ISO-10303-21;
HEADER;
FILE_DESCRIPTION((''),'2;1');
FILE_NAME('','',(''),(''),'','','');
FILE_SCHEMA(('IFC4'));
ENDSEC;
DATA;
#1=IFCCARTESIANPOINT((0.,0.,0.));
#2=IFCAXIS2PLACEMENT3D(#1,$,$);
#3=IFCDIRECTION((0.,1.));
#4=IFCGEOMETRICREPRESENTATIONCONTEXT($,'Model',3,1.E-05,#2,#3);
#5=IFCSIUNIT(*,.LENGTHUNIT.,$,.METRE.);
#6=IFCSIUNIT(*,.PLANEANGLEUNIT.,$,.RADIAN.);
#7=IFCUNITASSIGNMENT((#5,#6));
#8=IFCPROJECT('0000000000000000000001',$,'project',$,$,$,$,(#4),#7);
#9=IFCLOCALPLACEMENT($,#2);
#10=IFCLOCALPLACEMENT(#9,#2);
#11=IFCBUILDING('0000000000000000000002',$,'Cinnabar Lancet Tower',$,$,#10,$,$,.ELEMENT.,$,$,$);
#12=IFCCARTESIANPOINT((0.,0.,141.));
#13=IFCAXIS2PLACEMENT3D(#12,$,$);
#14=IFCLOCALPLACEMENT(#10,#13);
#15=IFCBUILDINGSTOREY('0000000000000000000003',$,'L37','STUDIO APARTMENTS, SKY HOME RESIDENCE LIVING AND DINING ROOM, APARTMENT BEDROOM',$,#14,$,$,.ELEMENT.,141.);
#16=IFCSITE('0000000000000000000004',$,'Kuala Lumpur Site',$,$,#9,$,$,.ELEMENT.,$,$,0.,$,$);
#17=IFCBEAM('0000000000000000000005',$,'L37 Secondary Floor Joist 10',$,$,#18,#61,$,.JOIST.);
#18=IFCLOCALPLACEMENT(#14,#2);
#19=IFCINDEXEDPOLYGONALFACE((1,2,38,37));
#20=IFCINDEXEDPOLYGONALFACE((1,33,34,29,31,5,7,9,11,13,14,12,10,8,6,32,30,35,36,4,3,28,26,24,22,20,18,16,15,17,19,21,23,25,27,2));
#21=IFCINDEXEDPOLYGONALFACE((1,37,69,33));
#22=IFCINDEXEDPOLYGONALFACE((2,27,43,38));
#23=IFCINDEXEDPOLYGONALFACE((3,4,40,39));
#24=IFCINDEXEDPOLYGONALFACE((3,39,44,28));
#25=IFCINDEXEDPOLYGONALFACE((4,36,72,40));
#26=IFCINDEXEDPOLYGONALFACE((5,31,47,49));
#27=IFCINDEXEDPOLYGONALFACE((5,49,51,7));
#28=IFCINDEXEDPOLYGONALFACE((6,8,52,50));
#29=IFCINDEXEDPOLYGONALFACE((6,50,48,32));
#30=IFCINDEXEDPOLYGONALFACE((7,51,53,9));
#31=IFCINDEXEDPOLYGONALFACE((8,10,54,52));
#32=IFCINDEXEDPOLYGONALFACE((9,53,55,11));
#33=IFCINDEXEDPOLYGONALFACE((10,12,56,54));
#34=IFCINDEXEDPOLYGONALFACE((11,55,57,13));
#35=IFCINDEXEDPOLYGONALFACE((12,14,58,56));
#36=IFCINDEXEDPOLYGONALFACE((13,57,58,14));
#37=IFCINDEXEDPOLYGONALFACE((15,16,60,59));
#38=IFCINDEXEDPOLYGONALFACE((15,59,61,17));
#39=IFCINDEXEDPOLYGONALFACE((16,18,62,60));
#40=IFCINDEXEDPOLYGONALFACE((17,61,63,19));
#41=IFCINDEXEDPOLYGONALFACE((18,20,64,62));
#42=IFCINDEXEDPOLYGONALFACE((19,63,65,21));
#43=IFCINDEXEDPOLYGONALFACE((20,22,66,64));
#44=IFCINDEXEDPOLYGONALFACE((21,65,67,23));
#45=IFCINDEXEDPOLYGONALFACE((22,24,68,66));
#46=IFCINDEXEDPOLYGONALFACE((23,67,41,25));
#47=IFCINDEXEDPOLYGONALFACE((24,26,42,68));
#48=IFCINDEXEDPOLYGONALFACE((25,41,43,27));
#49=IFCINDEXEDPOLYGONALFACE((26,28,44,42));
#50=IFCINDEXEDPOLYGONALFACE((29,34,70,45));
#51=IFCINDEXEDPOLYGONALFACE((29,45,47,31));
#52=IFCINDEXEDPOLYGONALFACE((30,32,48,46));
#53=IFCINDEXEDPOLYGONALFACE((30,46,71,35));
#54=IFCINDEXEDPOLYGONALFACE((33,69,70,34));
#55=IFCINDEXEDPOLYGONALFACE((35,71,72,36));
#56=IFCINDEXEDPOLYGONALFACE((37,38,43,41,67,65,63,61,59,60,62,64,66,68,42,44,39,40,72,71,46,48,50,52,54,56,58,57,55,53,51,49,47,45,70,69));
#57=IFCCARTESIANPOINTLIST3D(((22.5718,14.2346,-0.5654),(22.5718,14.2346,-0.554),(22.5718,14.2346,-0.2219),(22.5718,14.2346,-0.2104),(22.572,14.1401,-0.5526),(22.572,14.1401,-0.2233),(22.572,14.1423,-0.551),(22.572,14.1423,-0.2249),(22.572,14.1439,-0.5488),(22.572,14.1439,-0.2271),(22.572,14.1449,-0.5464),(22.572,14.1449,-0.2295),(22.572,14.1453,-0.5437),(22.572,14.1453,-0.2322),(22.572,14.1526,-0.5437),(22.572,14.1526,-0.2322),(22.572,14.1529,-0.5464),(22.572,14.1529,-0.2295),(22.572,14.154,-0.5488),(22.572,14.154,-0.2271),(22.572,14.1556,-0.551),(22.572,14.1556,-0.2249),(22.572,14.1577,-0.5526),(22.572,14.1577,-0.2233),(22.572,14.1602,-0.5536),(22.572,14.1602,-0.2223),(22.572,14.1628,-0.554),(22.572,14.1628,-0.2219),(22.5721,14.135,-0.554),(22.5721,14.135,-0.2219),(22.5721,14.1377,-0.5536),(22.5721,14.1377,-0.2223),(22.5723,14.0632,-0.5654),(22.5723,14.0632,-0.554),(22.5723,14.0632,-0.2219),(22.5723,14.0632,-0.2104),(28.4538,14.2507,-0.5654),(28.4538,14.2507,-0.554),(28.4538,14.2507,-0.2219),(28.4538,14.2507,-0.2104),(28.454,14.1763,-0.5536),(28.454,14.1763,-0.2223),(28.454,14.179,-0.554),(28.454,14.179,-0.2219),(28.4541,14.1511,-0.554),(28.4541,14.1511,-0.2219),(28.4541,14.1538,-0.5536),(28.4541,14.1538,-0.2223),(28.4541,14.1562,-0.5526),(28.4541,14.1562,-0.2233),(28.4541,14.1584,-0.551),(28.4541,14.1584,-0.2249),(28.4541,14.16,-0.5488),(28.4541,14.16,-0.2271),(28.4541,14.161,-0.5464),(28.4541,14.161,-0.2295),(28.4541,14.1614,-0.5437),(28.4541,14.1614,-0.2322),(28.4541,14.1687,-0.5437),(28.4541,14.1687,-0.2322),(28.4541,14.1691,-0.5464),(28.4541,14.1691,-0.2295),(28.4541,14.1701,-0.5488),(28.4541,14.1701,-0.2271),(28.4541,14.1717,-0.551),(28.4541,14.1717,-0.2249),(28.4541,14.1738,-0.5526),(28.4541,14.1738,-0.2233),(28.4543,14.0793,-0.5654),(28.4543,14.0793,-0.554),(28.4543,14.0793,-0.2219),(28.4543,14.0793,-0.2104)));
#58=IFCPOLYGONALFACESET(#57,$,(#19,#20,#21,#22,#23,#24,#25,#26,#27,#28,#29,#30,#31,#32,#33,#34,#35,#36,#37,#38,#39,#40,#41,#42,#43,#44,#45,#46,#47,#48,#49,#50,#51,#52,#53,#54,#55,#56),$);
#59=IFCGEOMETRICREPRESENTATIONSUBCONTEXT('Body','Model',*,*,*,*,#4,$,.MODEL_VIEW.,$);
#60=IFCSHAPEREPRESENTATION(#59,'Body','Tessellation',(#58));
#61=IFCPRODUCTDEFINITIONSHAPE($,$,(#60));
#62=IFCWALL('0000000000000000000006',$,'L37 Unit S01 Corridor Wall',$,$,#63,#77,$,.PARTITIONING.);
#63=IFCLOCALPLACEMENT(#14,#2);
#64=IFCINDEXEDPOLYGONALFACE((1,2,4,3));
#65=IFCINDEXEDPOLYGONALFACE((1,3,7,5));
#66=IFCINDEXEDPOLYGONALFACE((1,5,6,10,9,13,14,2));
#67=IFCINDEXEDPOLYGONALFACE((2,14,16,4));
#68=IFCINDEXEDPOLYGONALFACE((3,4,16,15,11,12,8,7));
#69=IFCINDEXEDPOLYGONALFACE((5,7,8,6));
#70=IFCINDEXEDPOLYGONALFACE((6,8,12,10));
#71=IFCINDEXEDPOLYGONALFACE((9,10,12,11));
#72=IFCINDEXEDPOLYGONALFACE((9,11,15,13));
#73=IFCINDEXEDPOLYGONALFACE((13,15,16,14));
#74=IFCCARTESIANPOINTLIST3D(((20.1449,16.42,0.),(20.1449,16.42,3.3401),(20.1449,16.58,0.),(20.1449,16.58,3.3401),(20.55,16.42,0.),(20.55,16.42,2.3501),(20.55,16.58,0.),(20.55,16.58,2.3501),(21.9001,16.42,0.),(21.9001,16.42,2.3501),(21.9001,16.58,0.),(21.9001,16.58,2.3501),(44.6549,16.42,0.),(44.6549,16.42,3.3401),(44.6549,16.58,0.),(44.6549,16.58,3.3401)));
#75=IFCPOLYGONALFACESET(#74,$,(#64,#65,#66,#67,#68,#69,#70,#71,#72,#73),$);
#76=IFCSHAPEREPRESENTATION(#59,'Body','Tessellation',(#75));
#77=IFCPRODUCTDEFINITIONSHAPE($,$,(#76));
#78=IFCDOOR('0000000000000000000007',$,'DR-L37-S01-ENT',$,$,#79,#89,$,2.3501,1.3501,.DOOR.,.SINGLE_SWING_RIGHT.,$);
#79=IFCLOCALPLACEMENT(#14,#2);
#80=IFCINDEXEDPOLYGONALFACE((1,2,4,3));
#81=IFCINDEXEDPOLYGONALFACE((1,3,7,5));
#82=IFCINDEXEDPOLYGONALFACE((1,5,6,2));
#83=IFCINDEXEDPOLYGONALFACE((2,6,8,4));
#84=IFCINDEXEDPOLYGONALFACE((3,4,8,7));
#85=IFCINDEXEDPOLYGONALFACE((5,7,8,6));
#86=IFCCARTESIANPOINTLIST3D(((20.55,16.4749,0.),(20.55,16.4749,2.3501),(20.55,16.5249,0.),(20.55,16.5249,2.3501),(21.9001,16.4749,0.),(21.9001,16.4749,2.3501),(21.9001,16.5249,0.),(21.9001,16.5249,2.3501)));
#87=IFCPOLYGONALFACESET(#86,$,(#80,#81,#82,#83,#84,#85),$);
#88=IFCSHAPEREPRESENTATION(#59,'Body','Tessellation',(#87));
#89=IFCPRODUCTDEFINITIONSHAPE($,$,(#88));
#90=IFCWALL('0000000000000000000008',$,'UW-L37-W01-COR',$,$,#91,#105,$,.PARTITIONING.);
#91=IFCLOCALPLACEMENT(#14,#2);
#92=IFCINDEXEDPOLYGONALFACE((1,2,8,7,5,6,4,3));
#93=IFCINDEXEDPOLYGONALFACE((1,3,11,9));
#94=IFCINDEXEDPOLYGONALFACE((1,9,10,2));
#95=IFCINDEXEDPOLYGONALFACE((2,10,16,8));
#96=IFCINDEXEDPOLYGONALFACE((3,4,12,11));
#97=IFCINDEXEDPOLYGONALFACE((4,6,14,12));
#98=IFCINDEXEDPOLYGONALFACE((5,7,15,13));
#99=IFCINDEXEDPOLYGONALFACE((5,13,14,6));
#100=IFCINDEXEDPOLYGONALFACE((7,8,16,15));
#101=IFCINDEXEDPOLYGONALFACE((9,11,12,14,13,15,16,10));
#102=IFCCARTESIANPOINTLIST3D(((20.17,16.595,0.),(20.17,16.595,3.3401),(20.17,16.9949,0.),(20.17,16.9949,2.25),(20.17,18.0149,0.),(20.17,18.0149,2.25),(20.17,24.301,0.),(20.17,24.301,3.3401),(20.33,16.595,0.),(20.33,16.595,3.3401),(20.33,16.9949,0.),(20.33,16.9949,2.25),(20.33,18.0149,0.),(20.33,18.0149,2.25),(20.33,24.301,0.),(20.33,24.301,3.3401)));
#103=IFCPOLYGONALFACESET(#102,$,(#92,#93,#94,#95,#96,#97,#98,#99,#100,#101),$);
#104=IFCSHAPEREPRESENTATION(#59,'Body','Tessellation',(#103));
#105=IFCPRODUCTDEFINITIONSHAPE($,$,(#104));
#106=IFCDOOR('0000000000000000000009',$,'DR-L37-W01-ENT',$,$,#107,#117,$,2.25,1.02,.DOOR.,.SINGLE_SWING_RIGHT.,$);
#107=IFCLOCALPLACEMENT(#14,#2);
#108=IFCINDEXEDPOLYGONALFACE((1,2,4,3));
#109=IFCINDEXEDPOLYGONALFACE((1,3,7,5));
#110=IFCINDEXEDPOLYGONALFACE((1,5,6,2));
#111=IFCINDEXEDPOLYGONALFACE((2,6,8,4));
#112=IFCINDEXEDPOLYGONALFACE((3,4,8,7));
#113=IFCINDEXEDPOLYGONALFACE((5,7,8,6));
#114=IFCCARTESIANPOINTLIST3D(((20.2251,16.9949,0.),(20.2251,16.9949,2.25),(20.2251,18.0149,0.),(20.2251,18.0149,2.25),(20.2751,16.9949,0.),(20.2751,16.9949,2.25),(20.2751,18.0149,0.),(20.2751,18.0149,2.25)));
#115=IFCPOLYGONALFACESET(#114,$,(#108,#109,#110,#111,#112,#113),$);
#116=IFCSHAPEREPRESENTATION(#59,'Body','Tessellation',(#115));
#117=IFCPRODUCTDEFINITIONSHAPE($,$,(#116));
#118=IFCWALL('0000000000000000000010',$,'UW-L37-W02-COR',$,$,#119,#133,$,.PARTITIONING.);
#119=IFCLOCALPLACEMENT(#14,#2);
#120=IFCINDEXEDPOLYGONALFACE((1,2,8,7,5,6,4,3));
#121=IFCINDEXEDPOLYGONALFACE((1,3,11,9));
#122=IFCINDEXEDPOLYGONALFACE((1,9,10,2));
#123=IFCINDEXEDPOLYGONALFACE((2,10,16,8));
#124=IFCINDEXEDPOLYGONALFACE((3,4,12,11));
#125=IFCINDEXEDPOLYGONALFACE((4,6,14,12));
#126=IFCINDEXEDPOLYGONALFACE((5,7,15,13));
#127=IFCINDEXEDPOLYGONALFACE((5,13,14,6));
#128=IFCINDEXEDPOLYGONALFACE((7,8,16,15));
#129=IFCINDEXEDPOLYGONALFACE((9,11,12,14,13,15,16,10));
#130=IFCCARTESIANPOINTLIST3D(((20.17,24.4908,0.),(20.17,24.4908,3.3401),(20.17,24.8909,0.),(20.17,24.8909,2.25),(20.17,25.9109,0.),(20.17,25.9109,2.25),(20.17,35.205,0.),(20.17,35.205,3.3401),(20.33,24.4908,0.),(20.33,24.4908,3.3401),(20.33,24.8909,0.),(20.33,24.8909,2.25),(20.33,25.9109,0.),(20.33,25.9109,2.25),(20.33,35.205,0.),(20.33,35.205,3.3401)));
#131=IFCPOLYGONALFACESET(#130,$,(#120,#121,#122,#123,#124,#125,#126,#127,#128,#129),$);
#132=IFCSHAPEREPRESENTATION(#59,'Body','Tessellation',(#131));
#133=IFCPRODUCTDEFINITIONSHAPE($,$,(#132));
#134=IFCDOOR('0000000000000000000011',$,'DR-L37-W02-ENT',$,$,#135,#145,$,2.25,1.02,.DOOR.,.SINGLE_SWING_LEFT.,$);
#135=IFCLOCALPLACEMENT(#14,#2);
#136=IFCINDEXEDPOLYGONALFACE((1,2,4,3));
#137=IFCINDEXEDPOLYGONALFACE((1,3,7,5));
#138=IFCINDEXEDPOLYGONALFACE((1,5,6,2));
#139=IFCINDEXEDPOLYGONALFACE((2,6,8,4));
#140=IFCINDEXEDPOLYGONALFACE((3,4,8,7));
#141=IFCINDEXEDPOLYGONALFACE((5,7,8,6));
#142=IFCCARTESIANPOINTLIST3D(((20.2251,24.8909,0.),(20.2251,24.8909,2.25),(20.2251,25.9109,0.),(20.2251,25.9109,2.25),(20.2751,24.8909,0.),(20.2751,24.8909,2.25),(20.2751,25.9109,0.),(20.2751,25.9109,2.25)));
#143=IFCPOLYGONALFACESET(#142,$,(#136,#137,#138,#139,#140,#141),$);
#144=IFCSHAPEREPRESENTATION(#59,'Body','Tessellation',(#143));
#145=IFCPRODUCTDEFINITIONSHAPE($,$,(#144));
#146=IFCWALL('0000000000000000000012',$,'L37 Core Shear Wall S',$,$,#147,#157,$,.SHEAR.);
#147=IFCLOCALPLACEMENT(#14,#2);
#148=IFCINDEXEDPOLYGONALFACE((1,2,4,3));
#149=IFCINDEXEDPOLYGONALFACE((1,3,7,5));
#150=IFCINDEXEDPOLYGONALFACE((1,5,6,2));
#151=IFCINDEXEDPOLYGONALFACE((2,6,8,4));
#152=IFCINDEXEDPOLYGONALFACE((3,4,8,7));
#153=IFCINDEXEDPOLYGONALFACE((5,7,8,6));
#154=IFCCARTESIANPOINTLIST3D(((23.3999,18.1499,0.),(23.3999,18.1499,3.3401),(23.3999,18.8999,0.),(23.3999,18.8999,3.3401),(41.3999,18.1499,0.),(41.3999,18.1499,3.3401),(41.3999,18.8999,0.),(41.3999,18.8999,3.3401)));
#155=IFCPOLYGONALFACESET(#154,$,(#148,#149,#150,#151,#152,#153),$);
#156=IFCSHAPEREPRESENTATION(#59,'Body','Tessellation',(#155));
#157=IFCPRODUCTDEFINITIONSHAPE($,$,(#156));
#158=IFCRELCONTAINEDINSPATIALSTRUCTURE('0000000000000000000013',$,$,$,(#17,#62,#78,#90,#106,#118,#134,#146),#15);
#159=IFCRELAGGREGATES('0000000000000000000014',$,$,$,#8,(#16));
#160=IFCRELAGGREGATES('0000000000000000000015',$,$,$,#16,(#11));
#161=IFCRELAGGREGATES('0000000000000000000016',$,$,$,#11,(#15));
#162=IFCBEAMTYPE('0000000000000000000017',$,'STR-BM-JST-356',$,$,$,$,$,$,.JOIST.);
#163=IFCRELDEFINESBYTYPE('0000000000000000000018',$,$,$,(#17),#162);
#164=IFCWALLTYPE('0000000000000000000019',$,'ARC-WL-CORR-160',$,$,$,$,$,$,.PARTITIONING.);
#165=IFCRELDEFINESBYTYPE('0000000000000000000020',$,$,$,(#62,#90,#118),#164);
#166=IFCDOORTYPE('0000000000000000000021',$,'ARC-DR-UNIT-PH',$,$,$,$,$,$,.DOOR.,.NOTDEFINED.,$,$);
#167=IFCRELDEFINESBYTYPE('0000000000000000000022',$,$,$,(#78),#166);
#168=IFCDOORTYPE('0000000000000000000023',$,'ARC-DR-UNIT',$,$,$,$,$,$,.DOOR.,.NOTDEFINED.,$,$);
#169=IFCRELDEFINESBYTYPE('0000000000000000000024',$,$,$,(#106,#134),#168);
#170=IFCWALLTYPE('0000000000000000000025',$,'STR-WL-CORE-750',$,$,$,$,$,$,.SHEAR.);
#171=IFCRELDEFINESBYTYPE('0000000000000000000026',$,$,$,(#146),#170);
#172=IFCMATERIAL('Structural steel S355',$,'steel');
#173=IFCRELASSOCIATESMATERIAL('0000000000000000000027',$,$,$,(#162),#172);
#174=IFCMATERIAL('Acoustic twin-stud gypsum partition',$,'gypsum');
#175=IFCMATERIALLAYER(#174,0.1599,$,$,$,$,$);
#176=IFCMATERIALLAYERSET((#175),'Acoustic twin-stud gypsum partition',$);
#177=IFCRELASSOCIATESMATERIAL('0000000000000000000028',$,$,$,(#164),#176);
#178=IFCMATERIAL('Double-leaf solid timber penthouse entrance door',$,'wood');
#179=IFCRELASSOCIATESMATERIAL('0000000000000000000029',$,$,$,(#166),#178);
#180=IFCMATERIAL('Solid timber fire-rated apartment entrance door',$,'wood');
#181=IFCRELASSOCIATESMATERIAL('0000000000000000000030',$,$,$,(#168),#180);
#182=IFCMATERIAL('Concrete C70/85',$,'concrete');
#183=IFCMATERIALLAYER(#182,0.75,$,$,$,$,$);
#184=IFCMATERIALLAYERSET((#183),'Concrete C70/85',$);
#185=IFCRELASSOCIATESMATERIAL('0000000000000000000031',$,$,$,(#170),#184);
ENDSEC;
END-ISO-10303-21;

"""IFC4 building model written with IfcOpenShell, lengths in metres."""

from ifc_helpers import new_model, si_unit, direction, frame, frame_2d, origin, origin_2d, place, context, subcontext, project, spatial, rectangle, i_section, extrude, material, layer, layer_set, material_profile, profile_set, type_object, element, fill, save


model = new_model("IFC4")

# Units and contexts
model_context = context("Model", 3, precision=1e-05, world=origin(), true_north=direction((0.0, 1.0)))
body_context = subcontext(model_context, "Body", "Model", "MODEL_VIEW")
ifc_project = project(units=[si_unit("LENGTHUNIT", "METRE"), si_unit("PLANEANGLEUNIT", "RADIAN")], contexts=[model_context])

# Site, building, storey
site_placement = place(None, origin())
site = spatial("IfcSite", under=ifc_project, at=site_placement, Name="Kuala Lumpur Site", CompositionType="ELEMENT", RefElevation=0.0)
building_placement = place(site_placement, origin())
building = spatial("IfcBuilding", under=site, at=building_placement, Name="Cinnabar Lancet Tower", CompositionType="ELEMENT")
storey_placement = place(building_placement, frame((0.0, 0.0, 141.0)))
storey = spatial("IfcBuildingStorey", under=building, at=storey_placement, Name="L37", Description="STUDIO APARTMENTS, SKY HOME RESIDENCE LIVING AND DINING ROOM, APARTMENT BEDROOM", CompositionType="ELEMENT", Elevation=141.0)

# Beam
ifc_material_1 = material(Name="Structural steel S355", Category="steel")
ifc_material_profile_1 = material_profile(ifc_material_1, i_section(OverallWidth=0.1714, OverallDepth=0.355, WebThickness=0.0073, FlangeThickness=0.0115, FilletRadius=0.0103, at=origin_2d()), Name="UKB 356x171x51")
ifc_profile_set_1 = profile_set([ifc_material_profile_1], Name="Structural steel S355")
beam_type = type_object("IfcBeamType", Name="STR-BM-JST-356", PredefinedType="JOIST", material=ifc_profile_set_1)
beam_1_placement = place(storey_placement, frame((22.572, 14.1489, -0.3879), z_axis=(0.999996, 0.002739, 0.0), x_axis=(-0.002739, 0.999996, 0.0)))
element("IfcBeam", 1, at=beam_1_placement, inside=storey, type_object=beam_type, Name="L37 Secondary Floor Joist 10", PredefinedType="JOIST", context=body_context, shape_type="SweptSolid", body=[
    extrude(i_section(OverallWidth=0.1714, OverallDepth=0.355, WebThickness=0.0073, FlangeThickness=0.0115, FilletRadius=0.0103, at=origin_2d()), origin(), (0.0, 0.0, 1.0), 5.8821),
])

# Walls, openings, doors
ifc_material_2 = material(Name="Acoustic twin-stud gypsum partition", Category="gypsum")
ifc_layer_1 = layer(ifc_material_2, 0.1599)
ifc_layer_set_1 = layer_set([ifc_layer_1], Name="Acoustic twin-stud gypsum partition")
wall_type_1 = type_object("IfcWallType", Name="ARC-WL-CORR-160", PredefinedType="PARTITIONING", material=ifc_layer_set_1)
wall_1_placement = place(storey_placement, frame((20.145, 16.5, 0.0), z_axis=(0.0, 0.0, 1.0), x_axis=(1.0, 0.0, 0.0)))
wall_1 = element("IfcWall", 2, at=wall_1_placement, inside=storey, type_object=wall_type_1, Name="L37 Unit S01 Corridor Wall", PredefinedType="PARTITIONING", context=body_context, shape_type="SweptSolid", body=[
    extrude(rectangle(XDim=24.51, YDim=0.1599, at=frame_2d((12.2549, 0.0))), origin(), (0.0, 0.0, 1.0), 3.3401),
])
opening_1_placement = place(wall_1_placement, frame((0.405, 0.0, 0.0)))
opening_1 = element("IfcOpeningElement", 3, at=opening_1_placement, cuts=wall_1, PredefinedType="OPENING", context=body_context, shape_type="SweptSolid", body=[
    extrude(rectangle(XDim=1.3501, YDim=2.3501, at=frame_2d((0.675, 1.175))), frame((0.0, 0.0898, 0.0), z_axis=(0.0, -1.0, 0.0), x_axis=(1.0, 0.0, 0.0)), (0.0, 0.0, 1.0), 0.1799),
])
ifc_material_3 = material(Name="Double-leaf solid timber penthouse entrance door", Category="wood")
door_type_1 = type_object("IfcDoorType", Name="ARC-DR-UNIT-PH", OperationType="NOTDEFINED", PredefinedType="DOOR", material=ifc_material_3)
door_1_placement = place(opening_1_placement, origin())
door_1 = element("IfcDoor", 4, at=door_1_placement, inside=storey, type_object=door_type_1, Name="DR-L37-S01-ENT", OperationType="SINGLE_SWING_RIGHT", OverallHeight=2.3501, OverallWidth=1.3501, PredefinedType="DOOR", context=body_context, shape_type="SweptSolid", body=[
    extrude(rectangle(XDim=1.3501, YDim=2.3501, at=frame_2d((0.675, 1.175))), frame((0.0, 0.0249, 0.0), z_axis=(0.0, -1.0, 0.0), x_axis=(1.0, 0.0, 0.0)), (0.0, 0.0, 1.0), 0.05),
])
fill(opening_1, door_1)
wall_2_placement = place(storey_placement, frame((20.25, 16.595, 0.0), z_axis=(0.0, 0.0, 1.0), x_axis=(0.0, 1.0, 0.0)))
wall_2 = element("IfcWall", 5, at=wall_2_placement, inside=storey, type_object=wall_type_1, Name="UW-L37-W01-COR", PredefinedType="PARTITIONING", context=body_context, shape_type="SweptSolid", body=[
    extrude(rectangle(XDim=7.7061, YDim=0.1599, at=frame_2d((3.853, 0.0))), origin(), (0.0, 0.0, 1.0), 3.3401),
])
opening_2_placement = place(wall_2_placement, frame((0.3999, 0.0, 0.0)))
opening_2 = element("IfcOpeningElement", 6, at=opening_2_placement, cuts=wall_2, PredefinedType="OPENING", context=body_context, shape_type="SweptSolid", body=[
    extrude(rectangle(XDim=1.02, YDim=2.25, at=frame_2d((0.51, 1.125))), frame((0.0, 0.0898, 0.0), z_axis=(0.0, -1.0, 0.0), x_axis=(1.0, 0.0, 0.0)), (0.0, 0.0, 1.0), 0.1799),
])
ifc_material_4 = material(Name="Solid timber fire-rated apartment entrance door", Category="wood")
door_type_2 = type_object("IfcDoorType", Name="ARC-DR-UNIT", OperationType="NOTDEFINED", PredefinedType="DOOR", material=ifc_material_4)
door_2_placement = place(opening_2_placement, origin())
door_2 = element("IfcDoor", 7, at=door_2_placement, inside=storey, type_object=door_type_2, Name="DR-L37-W01-ENT", OperationType="SINGLE_SWING_RIGHT", OverallHeight=2.25, OverallWidth=1.02, PredefinedType="DOOR", context=body_context, shape_type="SweptSolid", body=[
    extrude(rectangle(XDim=1.02, YDim=2.25, at=frame_2d((0.51, 1.125))), frame((0.0, 0.0249, 0.0), z_axis=(0.0, -1.0, 0.0), x_axis=(1.0, 0.0, 0.0)), (0.0, 0.0, 1.0), 0.05),
])
fill(opening_2, door_2)
wall_3_placement = place(storey_placement, frame((20.25, 24.491, 0.0), z_axis=(0.0, 0.0, 1.0), x_axis=(0.0, 1.0, 0.0)))
wall_3 = element("IfcWall", 8, at=wall_3_placement, inside=storey, type_object=wall_type_1, Name="UW-L37-W02-COR", PredefinedType="PARTITIONING", context=body_context, shape_type="SweptSolid", body=[
    extrude(rectangle(XDim=10.7141, YDim=0.1599, at=frame_2d((5.3569, 0.0))), origin(), (0.0, 0.0, 1.0), 3.3401),
])
opening_3_placement = place(wall_3_placement, frame((0.3999, 0.0, 0.0)))
opening_3 = element("IfcOpeningElement", 9, at=opening_3_placement, cuts=wall_3, PredefinedType="OPENING", context=body_context, shape_type="SweptSolid", body=[
    extrude(rectangle(XDim=1.02, YDim=2.25, at=frame_2d((0.51, 1.125))), frame((0.0, 0.0898, 0.0), z_axis=(0.0, -1.0, 0.0), x_axis=(1.0, 0.0, 0.0)), (0.0, 0.0, 1.0), 0.1799),
])
door_3_placement = place(opening_3_placement, origin())
door_3 = element("IfcDoor", 10, at=door_3_placement, inside=storey, type_object=door_type_2, Name="DR-L37-W02-ENT", OperationType="SINGLE_SWING_LEFT", OverallHeight=2.25, OverallWidth=1.02, PredefinedType="DOOR", context=body_context, shape_type="SweptSolid", body=[
    extrude(rectangle(XDim=1.02, YDim=2.25, at=frame_2d((0.51, 1.125))), frame((0.0, 0.0249, 0.0), z_axis=(0.0, -1.0, 0.0), x_axis=(1.0, 0.0, 0.0)), (0.0, 0.0, 1.0), 0.05),
])
fill(opening_3, door_3)

# Wall
ifc_material_5 = material(Name="Concrete C70/85", Category="concrete")
ifc_layer_2 = layer(ifc_material_5, 0.75)
ifc_layer_set_2 = layer_set([ifc_layer_2], Name="Concrete C70/85")
wall_type_2 = type_object("IfcWallType", Name="STR-WL-CORE-750", PredefinedType="SHEAR", material=ifc_layer_set_2)
wall_4_placement = place(storey_placement, frame((23.3999, 18.5249, 0.0), z_axis=(0.0, 0.0, 1.0), x_axis=(1.0, 0.0, 0.0)))
element("IfcWall", 11, at=wall_4_placement, inside=storey, type_object=wall_type_2, Name="L37 Core Shear Wall S", PredefinedType="SHEAR", context=body_context, shape_type="SweptSolid", body=[
    extrude(rectangle(XDim=18.0, YDim=0.75, at=frame_2d((9.0, 0.0))), origin(), (0.0, 0.0, 1.0), 3.3401),
])

save(model, "model.ifc")
